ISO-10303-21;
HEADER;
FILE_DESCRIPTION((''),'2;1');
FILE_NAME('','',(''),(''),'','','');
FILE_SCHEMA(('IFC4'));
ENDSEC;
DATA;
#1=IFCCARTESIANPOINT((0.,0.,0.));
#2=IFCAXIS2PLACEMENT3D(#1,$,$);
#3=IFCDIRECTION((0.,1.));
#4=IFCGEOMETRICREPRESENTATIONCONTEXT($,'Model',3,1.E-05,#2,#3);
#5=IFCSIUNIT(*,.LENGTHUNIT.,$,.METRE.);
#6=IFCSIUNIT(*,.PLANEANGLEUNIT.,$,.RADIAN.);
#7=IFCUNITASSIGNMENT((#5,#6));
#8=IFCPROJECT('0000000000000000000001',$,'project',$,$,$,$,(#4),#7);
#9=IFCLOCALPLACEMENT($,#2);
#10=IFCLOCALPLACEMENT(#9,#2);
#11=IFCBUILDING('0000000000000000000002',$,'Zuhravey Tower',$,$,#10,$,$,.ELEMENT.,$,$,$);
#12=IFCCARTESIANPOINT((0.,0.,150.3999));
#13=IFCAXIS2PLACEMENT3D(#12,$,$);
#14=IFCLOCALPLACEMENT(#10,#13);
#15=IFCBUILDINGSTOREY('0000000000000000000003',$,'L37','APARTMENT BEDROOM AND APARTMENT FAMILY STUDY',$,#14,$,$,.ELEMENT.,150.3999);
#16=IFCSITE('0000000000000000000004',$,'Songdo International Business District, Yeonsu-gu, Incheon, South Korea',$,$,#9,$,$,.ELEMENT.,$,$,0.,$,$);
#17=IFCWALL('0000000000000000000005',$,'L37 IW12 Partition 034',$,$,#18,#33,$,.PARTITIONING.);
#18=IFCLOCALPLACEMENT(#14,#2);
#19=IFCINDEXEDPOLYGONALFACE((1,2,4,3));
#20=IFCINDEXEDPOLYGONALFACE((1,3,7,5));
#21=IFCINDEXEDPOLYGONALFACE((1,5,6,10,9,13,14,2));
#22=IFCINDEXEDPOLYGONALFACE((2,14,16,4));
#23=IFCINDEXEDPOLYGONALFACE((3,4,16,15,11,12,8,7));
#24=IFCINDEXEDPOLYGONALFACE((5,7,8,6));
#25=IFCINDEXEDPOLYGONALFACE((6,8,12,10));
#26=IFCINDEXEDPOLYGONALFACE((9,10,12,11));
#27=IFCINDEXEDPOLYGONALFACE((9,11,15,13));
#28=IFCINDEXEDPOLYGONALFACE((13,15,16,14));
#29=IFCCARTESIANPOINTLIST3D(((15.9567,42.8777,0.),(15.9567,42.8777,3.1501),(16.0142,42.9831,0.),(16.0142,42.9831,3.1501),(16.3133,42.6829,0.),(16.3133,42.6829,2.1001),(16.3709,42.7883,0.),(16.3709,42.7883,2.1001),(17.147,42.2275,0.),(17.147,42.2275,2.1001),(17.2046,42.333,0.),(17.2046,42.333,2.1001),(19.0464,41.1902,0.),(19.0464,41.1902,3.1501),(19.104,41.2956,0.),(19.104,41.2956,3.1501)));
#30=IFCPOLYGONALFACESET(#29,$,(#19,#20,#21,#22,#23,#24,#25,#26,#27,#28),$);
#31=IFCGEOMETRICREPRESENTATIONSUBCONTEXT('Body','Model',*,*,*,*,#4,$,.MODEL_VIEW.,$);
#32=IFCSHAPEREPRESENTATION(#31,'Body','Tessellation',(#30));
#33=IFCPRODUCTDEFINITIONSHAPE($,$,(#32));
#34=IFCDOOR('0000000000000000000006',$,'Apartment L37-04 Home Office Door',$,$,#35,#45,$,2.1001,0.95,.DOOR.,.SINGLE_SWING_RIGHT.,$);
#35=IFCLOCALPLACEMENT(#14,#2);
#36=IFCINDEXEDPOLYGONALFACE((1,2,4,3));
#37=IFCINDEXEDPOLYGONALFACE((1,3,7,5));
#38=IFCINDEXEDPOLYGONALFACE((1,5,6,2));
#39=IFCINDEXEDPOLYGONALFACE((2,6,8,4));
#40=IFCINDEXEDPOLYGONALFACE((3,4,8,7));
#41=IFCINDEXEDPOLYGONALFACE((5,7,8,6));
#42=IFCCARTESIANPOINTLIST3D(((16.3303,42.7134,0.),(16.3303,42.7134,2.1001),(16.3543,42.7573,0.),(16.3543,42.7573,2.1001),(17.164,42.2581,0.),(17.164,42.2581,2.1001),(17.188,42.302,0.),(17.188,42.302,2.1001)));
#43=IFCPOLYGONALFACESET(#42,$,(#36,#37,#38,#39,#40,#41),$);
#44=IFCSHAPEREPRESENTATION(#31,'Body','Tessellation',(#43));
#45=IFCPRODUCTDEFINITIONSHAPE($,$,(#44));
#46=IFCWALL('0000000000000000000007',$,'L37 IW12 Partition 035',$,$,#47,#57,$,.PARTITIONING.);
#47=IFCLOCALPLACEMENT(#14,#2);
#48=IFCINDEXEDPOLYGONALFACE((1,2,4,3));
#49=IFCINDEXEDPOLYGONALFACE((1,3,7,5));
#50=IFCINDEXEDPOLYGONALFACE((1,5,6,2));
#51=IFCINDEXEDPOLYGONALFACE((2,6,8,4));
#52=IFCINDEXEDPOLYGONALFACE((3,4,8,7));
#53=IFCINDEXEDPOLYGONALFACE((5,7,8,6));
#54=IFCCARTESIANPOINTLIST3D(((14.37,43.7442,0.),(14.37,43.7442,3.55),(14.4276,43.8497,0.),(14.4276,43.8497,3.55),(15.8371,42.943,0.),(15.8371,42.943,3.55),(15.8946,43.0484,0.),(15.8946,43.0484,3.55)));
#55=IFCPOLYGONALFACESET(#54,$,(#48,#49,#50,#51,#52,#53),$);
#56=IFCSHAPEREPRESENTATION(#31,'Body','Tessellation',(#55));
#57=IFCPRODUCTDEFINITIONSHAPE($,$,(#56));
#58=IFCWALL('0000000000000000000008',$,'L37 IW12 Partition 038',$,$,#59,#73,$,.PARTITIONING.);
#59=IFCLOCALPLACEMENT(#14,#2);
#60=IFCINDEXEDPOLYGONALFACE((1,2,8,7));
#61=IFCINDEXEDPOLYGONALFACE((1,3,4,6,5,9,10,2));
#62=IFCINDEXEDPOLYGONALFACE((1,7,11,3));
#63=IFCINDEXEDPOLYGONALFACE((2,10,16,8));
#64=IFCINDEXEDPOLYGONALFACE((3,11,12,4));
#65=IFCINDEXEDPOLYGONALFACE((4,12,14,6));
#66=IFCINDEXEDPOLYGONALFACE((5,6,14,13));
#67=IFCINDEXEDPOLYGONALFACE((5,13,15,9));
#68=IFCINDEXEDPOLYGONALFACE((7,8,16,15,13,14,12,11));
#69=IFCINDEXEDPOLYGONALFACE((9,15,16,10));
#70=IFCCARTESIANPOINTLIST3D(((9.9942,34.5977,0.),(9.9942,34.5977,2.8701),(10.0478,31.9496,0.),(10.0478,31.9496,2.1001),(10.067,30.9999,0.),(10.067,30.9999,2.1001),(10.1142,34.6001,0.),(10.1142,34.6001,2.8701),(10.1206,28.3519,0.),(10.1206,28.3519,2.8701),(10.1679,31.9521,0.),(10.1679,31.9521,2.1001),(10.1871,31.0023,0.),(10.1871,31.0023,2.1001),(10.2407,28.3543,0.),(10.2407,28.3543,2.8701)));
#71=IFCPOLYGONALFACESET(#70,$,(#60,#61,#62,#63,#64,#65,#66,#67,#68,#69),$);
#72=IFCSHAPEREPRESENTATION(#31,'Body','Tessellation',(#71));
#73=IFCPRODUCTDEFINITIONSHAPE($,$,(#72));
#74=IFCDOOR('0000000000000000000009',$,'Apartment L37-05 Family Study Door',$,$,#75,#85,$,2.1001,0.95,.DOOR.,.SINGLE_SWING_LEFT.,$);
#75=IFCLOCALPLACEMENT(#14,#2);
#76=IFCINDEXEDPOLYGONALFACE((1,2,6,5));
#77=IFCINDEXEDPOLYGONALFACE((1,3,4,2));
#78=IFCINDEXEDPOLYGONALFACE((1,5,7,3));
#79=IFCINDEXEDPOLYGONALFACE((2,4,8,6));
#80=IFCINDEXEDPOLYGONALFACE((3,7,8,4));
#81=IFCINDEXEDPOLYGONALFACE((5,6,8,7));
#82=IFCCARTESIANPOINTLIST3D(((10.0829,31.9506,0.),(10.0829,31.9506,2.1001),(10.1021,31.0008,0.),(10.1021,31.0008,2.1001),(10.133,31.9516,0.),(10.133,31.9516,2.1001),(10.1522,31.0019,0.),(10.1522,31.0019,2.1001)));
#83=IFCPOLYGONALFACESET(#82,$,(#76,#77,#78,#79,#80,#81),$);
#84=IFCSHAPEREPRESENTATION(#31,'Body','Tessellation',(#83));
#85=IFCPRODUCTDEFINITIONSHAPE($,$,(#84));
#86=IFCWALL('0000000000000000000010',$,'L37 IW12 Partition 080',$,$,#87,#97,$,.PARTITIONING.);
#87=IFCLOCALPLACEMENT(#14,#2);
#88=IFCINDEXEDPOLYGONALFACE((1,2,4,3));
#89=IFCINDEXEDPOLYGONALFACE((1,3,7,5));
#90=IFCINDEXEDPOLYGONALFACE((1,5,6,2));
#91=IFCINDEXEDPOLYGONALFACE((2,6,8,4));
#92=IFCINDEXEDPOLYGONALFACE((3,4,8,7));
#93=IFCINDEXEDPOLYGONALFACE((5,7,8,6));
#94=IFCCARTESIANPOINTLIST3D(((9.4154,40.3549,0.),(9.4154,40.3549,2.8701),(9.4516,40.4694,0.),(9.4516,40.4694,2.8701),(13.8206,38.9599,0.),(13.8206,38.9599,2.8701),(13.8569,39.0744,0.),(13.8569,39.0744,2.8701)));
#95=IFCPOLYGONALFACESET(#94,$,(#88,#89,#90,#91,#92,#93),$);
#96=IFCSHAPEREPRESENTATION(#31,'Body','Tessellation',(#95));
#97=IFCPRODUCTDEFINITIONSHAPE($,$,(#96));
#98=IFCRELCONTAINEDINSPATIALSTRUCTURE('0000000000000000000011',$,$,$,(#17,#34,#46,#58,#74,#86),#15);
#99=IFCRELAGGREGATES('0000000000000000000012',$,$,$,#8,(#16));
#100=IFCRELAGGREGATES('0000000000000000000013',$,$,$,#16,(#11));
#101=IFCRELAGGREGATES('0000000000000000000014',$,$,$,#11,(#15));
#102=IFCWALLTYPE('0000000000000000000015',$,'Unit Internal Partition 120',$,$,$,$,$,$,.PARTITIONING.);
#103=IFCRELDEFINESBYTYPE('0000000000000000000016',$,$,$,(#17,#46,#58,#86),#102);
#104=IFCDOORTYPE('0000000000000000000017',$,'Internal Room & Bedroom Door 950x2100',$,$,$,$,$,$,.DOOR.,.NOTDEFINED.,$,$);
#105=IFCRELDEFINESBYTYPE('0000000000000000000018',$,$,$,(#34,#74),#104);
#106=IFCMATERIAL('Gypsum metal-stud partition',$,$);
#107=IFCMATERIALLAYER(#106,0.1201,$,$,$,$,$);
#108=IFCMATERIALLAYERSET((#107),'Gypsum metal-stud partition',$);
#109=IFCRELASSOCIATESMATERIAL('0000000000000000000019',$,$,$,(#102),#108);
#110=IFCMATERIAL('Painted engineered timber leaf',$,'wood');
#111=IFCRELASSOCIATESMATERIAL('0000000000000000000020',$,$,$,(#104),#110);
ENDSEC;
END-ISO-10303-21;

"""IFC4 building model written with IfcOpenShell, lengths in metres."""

from ifc_helpers import new_model, si_unit, direction, frame, frame_2d, origin, place, context, subcontext, project, spatial, rectangle, extrude, material, layer, layer_set, type_object, element, fill, save


model = new_model("IFC4")

# Units and contexts
model_context = context("Model", 3, precision=1e-05, world=origin(), true_north=direction((0.0, 1.0)))
body_context = subcontext(model_context, "Body", "Model", "MODEL_VIEW")
ifc_project = project(units=[si_unit("LENGTHUNIT", "METRE"), si_unit("PLANEANGLEUNIT", "RADIAN")], contexts=[model_context])

# Site, building, storey
site_placement = place(None, origin())
site = spatial("IfcSite", under=ifc_project, at=site_placement, Name="Songdo International Business District, Yeonsu-gu, Incheon, South Korea", CompositionType="ELEMENT", RefElevation=0.0)
building_placement = place(site_placement, origin())
building = spatial("IfcBuilding", under=site, at=building_placement, Name="Zuhravey Tower", CompositionType="ELEMENT")
storey_placement = place(building_placement, frame((0.0, 0.0, 150.3999)))
storey = spatial("IfcBuildingStorey", under=building, at=storey_placement, Name="L37", Description="APARTMENT BEDROOM AND APARTMENT FAMILY STUDY", CompositionType="ELEMENT", Elevation=150.3999)

# Shared definitions
ifc_material_1 = material(Name="Gypsum metal-stud partition")
ifc_layer_1 = layer(ifc_material_1, 0.1201)
ifc_layer_set_1 = layer_set([ifc_layer_1], Name="Gypsum metal-stud partition")
wall_type_1 = type_object("IfcWallType", Name="Unit Internal Partition 120", PredefinedType="PARTITIONING", material=ifc_layer_set_1)
ifc_material_2 = material(Name="Painted engineered timber leaf", Category="wood")
door_type_1 = type_object("IfcDoorType", Name="Internal Room & Bedroom Door 950x2100", OperationType="NOTDEFINED", PredefinedType="DOOR", material=ifc_material_2)

# Wall, opening, door
wall_1_placement = place(storey_placement, frame((19.0752, 41.2429, 0.0), z_axis=(0.0, 0.0, 1.0), x_axis=(-0.877641, 0.479318, 0.0)))
wall_1 = element("IfcWall", 1, at=wall_1_placement, inside=storey, type_object=wall_type_1, Name="L37 IW12 Partition 034", PredefinedType="PARTITIONING", context=body_context, shape_type="SweptSolid", body=[
    extrude(rectangle(XDim=3.5205, YDim=0.1201, at=frame_2d((1.7603, 0.0))), origin(), (0.0, 0.0, 1.0), 3.1501),
])
opening_1_placement = place(wall_1_placement, frame((2.1641, 0.0, 0.0)))
opening_1 = element("IfcOpeningElement", 2, at=opening_1_placement, cuts=wall_1, PredefinedType="OPENING", context=body_context, shape_type="SweptSolid", body=[
    extrude(rectangle(XDim=0.95, YDim=2.1001, at=frame_2d((0.4751, 1.05))), frame((0.0, 0.072, 0.0), z_axis=(0.0, -1.0, 0.0), x_axis=(1.0, 0.0, 0.0)), (0.0, 0.0, 1.0), 0.144),
])
door_1_placement = place(opening_1_placement, frame((0.95, 0.0, 0.0), z_axis=(0.0, 0.0, 1.0), x_axis=(-1.0, 0.0, 0.0)))
door_1 = element("IfcDoor", 3, at=door_1_placement, inside=storey, type_object=door_type_1, Name="Apartment L37-04 Home Office Door", OperationType="SINGLE_SWING_RIGHT", OverallHeight=2.1001, OverallWidth=0.95, PredefinedType="DOOR", context=body_context, shape_type="SweptSolid", body=[
    extrude(rectangle(XDim=0.95, YDim=2.1001, at=frame_2d((0.4751, 1.05))), frame((0.0, 0.0249, 0.0), z_axis=(0.0, -1.0, 0.0), x_axis=(1.0, 0.0, 0.0)), (0.0, 0.0, 1.0), 0.05),
])
fill(opening_1, door_1)

# Wall
wall_2_placement = place(storey_placement, frame((15.866, 42.9956, 0.0), z_axis=(0.0, 0.0, 1.0), x_axis=(-0.877628, 0.479343, 0.0)))
element("IfcWall", 4, at=wall_2_placement, inside=storey, type_object=wall_type_1, Name="L37 IW12 Partition 035", PredefinedType="PARTITIONING", context=body_context, shape_type="SweptSolid", body=[
    extrude(rectangle(XDim=1.6716, YDim=0.1201, at=frame_2d((0.8359, 0.0))), origin(), (0.0, 0.0, 1.0), 3.55),
])

# Wall, opening, door
wall_3_placement = place(storey_placement, frame((10.0542, 34.5989, 0.0), z_axis=(0.0, 0.0, 1.0), x_axis=(0.020244, -0.999795, 0.0)))
wall_3 = element("IfcWall", 5, at=wall_3_placement, inside=storey, type_object=wall_type_1, Name="L37 IW12 Partition 038", PredefinedType="PARTITIONING", context=body_context, shape_type="SweptSolid", body=[
    extrude(rectangle(XDim=6.2471, YDim=0.1201, at=frame_2d((3.1235, 0.0))), origin(), (0.0, 0.0, 1.0), 2.8701),
])
opening_2_placement = place(wall_3_placement, frame((2.6484, 0.0, 0.0)))
opening_2 = element("IfcOpeningElement", 6, at=opening_2_placement, cuts=wall_3, PredefinedType="OPENING", context=body_context, shape_type="SweptSolid", body=[
    extrude(rectangle(XDim=0.95, YDim=2.1001, at=frame_2d((0.4751, 1.05))), frame((0.0, 0.072, 0.0), z_axis=(0.0, -1.0, 0.0), x_axis=(1.0, 0.0, 0.0)), (0.0, 0.0, 1.0), 0.144),
])
door_2_placement = place(opening_2_placement, frame((0.95, 0.0, 0.0), z_axis=(0.0, 0.0, 1.0), x_axis=(-1.0, 0.0, 0.0)))
door_2 = element("IfcDoor", 7, at=door_2_placement, inside=storey, type_object=door_type_1, Name="Apartment L37-05 Family Study Door", OperationType="SINGLE_SWING_LEFT", OverallHeight=2.1001, OverallWidth=0.95, PredefinedType="DOOR", context=body_context, shape_type="SweptSolid", body=[
    extrude(rectangle(XDim=0.95, YDim=2.1001, at=frame_2d((0.4751, 1.05))), frame((0.0, 0.0249, 0.0), z_axis=(0.0, -1.0, 0.0), x_axis=(1.0, 0.0, 0.0)), (0.0, 0.0, 1.0), 0.05),
])
fill(opening_2, door_2)

# Wall
wall_4_placement = place(storey_placement, frame((13.8389, 39.0171, 0.0), z_axis=(0.0, 0.0, 1.0), x_axis=(-0.953341, 0.301895, 0.0)))
element("IfcWall", 8, at=wall_4_placement, inside=storey, type_object=wall_type_1, Name="L37 IW12 Partition 080", PredefinedType="PARTITIONING", context=body_context, shape_type="SweptSolid", body=[
    extrude(rectangle(XDim=4.6208, YDim=0.1201, at=frame_2d((2.3105, 0.0))), origin(), (0.0, 0.0, 1.0), 2.8701),
])

save(model, "model.ifc")
